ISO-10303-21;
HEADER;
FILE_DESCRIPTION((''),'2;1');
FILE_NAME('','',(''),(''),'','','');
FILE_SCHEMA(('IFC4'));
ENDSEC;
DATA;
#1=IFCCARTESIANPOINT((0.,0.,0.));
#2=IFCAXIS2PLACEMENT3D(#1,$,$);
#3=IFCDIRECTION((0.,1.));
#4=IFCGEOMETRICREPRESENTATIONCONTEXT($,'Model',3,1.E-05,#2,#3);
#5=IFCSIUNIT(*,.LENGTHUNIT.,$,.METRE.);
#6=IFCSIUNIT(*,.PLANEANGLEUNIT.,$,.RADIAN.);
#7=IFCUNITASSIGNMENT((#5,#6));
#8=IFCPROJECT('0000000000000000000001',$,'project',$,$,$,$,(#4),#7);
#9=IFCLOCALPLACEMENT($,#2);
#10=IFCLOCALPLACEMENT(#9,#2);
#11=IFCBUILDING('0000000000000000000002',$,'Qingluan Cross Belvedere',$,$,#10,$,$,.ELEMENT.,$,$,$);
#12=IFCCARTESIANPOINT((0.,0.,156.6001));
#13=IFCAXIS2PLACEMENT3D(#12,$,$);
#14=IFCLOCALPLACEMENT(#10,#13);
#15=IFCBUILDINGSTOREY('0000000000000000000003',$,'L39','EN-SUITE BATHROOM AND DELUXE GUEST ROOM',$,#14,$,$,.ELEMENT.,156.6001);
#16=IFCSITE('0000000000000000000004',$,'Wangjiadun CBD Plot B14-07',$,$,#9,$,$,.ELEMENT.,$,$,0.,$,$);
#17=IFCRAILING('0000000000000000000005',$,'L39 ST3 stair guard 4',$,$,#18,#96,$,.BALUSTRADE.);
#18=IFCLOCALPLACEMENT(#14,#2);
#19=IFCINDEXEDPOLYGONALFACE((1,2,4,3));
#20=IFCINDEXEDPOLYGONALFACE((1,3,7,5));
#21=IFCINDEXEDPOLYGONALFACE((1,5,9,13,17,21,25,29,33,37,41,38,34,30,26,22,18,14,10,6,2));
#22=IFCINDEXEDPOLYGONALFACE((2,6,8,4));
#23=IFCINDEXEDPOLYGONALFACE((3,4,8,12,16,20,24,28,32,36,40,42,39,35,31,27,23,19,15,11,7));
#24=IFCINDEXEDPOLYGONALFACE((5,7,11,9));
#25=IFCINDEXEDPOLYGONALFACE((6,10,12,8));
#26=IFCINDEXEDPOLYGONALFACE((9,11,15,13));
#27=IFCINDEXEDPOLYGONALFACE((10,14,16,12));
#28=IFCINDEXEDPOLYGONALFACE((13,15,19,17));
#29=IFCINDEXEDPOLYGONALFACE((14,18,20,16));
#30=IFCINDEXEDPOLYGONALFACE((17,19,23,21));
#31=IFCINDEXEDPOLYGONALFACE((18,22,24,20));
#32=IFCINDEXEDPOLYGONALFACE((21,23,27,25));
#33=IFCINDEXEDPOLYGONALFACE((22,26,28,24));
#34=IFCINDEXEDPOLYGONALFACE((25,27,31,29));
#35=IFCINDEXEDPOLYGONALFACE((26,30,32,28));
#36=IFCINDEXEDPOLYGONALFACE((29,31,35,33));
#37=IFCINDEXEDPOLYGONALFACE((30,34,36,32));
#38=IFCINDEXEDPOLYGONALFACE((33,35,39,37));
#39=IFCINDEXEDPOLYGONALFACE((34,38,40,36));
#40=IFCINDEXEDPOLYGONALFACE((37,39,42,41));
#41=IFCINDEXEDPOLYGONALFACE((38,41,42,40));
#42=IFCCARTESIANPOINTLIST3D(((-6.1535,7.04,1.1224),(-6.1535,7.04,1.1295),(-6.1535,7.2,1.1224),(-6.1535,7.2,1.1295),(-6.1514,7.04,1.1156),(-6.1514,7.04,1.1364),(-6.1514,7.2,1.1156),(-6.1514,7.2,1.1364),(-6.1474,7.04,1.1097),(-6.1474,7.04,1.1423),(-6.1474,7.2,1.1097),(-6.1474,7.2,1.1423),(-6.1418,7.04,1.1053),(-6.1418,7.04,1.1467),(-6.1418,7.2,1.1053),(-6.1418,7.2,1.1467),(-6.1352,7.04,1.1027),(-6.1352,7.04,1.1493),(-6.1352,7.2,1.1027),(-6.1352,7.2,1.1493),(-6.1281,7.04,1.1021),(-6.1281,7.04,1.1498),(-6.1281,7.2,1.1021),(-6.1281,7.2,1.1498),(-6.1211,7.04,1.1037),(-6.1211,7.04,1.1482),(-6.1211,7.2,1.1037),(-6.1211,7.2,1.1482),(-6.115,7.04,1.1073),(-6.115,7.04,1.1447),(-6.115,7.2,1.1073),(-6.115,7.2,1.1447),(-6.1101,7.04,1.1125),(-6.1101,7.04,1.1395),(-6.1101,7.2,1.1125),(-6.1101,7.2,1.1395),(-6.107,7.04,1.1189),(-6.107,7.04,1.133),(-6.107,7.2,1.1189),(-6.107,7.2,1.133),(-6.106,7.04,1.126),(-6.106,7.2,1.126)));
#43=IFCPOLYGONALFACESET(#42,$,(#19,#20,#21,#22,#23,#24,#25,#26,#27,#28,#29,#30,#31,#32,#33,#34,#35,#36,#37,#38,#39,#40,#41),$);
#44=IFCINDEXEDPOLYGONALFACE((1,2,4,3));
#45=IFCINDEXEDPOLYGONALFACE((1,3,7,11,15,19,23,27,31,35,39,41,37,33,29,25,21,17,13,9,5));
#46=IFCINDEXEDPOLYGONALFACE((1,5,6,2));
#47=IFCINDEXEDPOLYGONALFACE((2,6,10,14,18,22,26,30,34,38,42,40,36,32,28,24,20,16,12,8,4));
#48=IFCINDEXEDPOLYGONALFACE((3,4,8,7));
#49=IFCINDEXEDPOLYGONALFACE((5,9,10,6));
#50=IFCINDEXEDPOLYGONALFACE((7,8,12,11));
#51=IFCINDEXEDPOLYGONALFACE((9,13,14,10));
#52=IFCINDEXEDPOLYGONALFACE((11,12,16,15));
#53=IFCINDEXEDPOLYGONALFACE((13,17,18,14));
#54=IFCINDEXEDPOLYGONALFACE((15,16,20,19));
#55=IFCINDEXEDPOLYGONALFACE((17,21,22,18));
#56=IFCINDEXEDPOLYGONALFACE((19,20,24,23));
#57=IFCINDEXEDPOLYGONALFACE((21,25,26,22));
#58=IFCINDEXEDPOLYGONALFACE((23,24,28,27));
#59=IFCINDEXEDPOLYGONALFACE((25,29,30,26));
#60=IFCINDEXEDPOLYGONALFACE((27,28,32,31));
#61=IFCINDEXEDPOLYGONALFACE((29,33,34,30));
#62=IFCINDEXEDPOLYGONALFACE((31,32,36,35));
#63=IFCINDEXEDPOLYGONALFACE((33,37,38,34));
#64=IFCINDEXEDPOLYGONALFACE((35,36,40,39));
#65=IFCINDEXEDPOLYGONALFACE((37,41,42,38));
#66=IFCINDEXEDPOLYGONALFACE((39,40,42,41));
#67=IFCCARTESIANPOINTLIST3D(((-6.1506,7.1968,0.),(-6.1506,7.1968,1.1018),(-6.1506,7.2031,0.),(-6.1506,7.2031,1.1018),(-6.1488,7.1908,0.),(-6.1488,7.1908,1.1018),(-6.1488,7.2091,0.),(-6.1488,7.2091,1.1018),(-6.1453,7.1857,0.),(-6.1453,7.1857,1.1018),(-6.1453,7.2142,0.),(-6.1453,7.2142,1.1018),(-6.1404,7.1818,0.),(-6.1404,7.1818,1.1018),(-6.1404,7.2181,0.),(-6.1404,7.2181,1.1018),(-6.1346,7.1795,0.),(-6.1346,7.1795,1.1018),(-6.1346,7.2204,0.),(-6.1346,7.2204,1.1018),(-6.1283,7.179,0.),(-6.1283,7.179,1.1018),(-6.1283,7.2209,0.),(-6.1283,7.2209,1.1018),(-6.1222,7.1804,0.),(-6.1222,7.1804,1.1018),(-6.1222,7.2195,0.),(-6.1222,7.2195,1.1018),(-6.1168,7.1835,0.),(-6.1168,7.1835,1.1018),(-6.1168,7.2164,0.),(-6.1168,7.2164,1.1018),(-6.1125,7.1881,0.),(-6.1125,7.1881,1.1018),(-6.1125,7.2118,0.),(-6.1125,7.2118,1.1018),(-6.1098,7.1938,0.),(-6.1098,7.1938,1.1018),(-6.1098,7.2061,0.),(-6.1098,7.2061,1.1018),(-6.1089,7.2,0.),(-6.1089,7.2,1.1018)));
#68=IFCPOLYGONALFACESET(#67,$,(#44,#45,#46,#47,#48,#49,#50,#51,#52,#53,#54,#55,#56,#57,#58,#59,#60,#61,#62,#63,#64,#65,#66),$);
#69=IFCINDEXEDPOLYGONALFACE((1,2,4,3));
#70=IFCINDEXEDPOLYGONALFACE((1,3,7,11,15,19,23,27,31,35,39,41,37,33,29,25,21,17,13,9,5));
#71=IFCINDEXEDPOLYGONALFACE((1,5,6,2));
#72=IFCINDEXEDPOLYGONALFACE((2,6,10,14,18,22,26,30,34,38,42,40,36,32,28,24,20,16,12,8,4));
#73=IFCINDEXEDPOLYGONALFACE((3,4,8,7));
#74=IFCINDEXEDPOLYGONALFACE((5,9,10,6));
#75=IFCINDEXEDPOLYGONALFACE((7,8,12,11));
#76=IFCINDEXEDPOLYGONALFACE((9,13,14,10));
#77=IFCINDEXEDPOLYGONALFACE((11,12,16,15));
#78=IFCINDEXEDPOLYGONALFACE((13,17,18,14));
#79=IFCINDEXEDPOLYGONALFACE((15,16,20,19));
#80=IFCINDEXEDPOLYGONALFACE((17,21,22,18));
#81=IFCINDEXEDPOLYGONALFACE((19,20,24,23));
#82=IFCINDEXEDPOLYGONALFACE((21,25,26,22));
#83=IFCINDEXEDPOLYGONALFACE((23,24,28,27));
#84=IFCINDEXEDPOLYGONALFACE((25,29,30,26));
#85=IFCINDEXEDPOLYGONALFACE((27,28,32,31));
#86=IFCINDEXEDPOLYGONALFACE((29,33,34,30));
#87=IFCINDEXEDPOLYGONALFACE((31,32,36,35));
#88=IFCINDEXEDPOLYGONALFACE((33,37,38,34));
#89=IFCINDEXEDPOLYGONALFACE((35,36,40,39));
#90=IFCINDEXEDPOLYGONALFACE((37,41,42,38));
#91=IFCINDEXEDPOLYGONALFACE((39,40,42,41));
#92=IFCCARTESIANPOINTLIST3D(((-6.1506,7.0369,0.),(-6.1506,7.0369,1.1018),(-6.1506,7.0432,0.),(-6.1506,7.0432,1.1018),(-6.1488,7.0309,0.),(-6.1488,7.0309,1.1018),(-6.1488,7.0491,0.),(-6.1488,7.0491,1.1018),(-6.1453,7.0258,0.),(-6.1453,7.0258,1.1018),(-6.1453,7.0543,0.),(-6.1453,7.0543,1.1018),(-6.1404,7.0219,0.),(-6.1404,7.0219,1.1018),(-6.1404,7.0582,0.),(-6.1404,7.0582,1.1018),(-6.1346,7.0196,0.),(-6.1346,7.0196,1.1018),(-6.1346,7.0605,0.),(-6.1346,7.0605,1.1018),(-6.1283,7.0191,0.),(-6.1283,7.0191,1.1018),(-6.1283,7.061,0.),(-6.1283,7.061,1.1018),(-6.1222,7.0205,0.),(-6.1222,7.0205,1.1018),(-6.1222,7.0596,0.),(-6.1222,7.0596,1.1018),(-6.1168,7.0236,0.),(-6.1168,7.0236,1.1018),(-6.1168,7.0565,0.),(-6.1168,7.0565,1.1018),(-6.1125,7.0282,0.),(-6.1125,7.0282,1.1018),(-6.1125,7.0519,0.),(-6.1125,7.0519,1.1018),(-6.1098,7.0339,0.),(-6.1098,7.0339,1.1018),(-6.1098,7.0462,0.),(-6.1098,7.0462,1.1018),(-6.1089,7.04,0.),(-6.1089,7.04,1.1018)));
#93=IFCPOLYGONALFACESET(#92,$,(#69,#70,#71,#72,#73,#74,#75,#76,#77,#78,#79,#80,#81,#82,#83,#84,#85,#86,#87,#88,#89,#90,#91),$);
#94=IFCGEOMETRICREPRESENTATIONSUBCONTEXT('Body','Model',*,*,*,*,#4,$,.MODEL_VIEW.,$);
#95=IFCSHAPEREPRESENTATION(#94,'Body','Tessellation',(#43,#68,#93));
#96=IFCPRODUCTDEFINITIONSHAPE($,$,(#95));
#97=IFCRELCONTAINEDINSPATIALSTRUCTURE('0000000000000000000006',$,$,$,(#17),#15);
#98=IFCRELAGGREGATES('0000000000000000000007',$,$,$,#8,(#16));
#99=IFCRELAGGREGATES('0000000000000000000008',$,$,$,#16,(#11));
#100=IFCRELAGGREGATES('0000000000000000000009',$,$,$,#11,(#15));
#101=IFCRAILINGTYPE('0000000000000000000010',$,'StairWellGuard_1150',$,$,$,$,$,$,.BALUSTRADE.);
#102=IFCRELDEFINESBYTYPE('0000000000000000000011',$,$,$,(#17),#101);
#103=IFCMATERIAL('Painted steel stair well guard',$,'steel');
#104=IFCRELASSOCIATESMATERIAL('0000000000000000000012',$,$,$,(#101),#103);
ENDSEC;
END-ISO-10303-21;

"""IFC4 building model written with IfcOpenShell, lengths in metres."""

from ifc_helpers import new_model, si_unit, direction, frame, origin, origin_2d, place, context, subcontext, project, spatial, circle, extrude, material, type_object, element, save


model = new_model("IFC4")

# Units and contexts
model_context = context("Model", 3, precision=1e-05, world=origin(), true_north=direction((0.0, 1.0)))
body_context = subcontext(model_context, "Body", "Model", "MODEL_VIEW")
ifc_project = project(units=[si_unit("LENGTHUNIT", "METRE"), si_unit("PLANEANGLEUNIT", "RADIAN")], contexts=[model_context])

# Site, building, storey
site_placement = place(None, origin())
site = spatial("IfcSite", under=ifc_project, at=site_placement, Name="Wangjiadun CBD Plot B14-07", CompositionType="ELEMENT", RefElevation=0.0)
building_placement = place(site_placement, origin())
building = spatial("IfcBuilding", under=site, at=building_placement, Name="Qingluan Cross Belvedere", CompositionType="ELEMENT")
storey_placement = place(building_placement, frame((0.0, 0.0, 156.6001)))
storey = spatial("IfcBuildingStorey", under=building, at=storey_placement, Name="L39", Description="EN-SUITE BATHROOM AND DELUXE GUEST ROOM", CompositionType="ELEMENT", Elevation=156.6001)

# Railing
ifc_material_1 = material(Name="Painted steel stair well guard", Category="steel")
railing_type_1 = type_object("IfcRailingType", Name="StairWellGuard_1150", PredefinedType="BALUSTRADE", material=ifc_material_1)
railing_1_placement = place(storey_placement, frame((-6.1299, 7.2, 0.0)))
element("IfcRailing", 1, at=railing_1_placement, inside=storey, type_object=railing_type_1, Name="L39 ST3 stair guard 4", PredefinedType="BALUSTRADE", context=body_context, shape_type="SweptSolid", body=[
    extrude(circle(Radius=0.0239, at=origin_2d()), frame((0.0, 0.0, 1.126), z_axis=(0.0, -1.0, 0.0), x_axis=(1.0, 0.0, 0.0)), (0.0, 0.0, 1.0), 0.1599),
    extrude(circle(Radius=0.021, at=origin_2d()), origin(), (0.0, 0.0, 1.0), 1.1018),
    extrude(circle(Radius=0.021, at=origin_2d()), frame((0.0, -0.1599, 0.0)), (0.0, 0.0, 1.0), 1.1018),
])

save(model, "model.ifc")
